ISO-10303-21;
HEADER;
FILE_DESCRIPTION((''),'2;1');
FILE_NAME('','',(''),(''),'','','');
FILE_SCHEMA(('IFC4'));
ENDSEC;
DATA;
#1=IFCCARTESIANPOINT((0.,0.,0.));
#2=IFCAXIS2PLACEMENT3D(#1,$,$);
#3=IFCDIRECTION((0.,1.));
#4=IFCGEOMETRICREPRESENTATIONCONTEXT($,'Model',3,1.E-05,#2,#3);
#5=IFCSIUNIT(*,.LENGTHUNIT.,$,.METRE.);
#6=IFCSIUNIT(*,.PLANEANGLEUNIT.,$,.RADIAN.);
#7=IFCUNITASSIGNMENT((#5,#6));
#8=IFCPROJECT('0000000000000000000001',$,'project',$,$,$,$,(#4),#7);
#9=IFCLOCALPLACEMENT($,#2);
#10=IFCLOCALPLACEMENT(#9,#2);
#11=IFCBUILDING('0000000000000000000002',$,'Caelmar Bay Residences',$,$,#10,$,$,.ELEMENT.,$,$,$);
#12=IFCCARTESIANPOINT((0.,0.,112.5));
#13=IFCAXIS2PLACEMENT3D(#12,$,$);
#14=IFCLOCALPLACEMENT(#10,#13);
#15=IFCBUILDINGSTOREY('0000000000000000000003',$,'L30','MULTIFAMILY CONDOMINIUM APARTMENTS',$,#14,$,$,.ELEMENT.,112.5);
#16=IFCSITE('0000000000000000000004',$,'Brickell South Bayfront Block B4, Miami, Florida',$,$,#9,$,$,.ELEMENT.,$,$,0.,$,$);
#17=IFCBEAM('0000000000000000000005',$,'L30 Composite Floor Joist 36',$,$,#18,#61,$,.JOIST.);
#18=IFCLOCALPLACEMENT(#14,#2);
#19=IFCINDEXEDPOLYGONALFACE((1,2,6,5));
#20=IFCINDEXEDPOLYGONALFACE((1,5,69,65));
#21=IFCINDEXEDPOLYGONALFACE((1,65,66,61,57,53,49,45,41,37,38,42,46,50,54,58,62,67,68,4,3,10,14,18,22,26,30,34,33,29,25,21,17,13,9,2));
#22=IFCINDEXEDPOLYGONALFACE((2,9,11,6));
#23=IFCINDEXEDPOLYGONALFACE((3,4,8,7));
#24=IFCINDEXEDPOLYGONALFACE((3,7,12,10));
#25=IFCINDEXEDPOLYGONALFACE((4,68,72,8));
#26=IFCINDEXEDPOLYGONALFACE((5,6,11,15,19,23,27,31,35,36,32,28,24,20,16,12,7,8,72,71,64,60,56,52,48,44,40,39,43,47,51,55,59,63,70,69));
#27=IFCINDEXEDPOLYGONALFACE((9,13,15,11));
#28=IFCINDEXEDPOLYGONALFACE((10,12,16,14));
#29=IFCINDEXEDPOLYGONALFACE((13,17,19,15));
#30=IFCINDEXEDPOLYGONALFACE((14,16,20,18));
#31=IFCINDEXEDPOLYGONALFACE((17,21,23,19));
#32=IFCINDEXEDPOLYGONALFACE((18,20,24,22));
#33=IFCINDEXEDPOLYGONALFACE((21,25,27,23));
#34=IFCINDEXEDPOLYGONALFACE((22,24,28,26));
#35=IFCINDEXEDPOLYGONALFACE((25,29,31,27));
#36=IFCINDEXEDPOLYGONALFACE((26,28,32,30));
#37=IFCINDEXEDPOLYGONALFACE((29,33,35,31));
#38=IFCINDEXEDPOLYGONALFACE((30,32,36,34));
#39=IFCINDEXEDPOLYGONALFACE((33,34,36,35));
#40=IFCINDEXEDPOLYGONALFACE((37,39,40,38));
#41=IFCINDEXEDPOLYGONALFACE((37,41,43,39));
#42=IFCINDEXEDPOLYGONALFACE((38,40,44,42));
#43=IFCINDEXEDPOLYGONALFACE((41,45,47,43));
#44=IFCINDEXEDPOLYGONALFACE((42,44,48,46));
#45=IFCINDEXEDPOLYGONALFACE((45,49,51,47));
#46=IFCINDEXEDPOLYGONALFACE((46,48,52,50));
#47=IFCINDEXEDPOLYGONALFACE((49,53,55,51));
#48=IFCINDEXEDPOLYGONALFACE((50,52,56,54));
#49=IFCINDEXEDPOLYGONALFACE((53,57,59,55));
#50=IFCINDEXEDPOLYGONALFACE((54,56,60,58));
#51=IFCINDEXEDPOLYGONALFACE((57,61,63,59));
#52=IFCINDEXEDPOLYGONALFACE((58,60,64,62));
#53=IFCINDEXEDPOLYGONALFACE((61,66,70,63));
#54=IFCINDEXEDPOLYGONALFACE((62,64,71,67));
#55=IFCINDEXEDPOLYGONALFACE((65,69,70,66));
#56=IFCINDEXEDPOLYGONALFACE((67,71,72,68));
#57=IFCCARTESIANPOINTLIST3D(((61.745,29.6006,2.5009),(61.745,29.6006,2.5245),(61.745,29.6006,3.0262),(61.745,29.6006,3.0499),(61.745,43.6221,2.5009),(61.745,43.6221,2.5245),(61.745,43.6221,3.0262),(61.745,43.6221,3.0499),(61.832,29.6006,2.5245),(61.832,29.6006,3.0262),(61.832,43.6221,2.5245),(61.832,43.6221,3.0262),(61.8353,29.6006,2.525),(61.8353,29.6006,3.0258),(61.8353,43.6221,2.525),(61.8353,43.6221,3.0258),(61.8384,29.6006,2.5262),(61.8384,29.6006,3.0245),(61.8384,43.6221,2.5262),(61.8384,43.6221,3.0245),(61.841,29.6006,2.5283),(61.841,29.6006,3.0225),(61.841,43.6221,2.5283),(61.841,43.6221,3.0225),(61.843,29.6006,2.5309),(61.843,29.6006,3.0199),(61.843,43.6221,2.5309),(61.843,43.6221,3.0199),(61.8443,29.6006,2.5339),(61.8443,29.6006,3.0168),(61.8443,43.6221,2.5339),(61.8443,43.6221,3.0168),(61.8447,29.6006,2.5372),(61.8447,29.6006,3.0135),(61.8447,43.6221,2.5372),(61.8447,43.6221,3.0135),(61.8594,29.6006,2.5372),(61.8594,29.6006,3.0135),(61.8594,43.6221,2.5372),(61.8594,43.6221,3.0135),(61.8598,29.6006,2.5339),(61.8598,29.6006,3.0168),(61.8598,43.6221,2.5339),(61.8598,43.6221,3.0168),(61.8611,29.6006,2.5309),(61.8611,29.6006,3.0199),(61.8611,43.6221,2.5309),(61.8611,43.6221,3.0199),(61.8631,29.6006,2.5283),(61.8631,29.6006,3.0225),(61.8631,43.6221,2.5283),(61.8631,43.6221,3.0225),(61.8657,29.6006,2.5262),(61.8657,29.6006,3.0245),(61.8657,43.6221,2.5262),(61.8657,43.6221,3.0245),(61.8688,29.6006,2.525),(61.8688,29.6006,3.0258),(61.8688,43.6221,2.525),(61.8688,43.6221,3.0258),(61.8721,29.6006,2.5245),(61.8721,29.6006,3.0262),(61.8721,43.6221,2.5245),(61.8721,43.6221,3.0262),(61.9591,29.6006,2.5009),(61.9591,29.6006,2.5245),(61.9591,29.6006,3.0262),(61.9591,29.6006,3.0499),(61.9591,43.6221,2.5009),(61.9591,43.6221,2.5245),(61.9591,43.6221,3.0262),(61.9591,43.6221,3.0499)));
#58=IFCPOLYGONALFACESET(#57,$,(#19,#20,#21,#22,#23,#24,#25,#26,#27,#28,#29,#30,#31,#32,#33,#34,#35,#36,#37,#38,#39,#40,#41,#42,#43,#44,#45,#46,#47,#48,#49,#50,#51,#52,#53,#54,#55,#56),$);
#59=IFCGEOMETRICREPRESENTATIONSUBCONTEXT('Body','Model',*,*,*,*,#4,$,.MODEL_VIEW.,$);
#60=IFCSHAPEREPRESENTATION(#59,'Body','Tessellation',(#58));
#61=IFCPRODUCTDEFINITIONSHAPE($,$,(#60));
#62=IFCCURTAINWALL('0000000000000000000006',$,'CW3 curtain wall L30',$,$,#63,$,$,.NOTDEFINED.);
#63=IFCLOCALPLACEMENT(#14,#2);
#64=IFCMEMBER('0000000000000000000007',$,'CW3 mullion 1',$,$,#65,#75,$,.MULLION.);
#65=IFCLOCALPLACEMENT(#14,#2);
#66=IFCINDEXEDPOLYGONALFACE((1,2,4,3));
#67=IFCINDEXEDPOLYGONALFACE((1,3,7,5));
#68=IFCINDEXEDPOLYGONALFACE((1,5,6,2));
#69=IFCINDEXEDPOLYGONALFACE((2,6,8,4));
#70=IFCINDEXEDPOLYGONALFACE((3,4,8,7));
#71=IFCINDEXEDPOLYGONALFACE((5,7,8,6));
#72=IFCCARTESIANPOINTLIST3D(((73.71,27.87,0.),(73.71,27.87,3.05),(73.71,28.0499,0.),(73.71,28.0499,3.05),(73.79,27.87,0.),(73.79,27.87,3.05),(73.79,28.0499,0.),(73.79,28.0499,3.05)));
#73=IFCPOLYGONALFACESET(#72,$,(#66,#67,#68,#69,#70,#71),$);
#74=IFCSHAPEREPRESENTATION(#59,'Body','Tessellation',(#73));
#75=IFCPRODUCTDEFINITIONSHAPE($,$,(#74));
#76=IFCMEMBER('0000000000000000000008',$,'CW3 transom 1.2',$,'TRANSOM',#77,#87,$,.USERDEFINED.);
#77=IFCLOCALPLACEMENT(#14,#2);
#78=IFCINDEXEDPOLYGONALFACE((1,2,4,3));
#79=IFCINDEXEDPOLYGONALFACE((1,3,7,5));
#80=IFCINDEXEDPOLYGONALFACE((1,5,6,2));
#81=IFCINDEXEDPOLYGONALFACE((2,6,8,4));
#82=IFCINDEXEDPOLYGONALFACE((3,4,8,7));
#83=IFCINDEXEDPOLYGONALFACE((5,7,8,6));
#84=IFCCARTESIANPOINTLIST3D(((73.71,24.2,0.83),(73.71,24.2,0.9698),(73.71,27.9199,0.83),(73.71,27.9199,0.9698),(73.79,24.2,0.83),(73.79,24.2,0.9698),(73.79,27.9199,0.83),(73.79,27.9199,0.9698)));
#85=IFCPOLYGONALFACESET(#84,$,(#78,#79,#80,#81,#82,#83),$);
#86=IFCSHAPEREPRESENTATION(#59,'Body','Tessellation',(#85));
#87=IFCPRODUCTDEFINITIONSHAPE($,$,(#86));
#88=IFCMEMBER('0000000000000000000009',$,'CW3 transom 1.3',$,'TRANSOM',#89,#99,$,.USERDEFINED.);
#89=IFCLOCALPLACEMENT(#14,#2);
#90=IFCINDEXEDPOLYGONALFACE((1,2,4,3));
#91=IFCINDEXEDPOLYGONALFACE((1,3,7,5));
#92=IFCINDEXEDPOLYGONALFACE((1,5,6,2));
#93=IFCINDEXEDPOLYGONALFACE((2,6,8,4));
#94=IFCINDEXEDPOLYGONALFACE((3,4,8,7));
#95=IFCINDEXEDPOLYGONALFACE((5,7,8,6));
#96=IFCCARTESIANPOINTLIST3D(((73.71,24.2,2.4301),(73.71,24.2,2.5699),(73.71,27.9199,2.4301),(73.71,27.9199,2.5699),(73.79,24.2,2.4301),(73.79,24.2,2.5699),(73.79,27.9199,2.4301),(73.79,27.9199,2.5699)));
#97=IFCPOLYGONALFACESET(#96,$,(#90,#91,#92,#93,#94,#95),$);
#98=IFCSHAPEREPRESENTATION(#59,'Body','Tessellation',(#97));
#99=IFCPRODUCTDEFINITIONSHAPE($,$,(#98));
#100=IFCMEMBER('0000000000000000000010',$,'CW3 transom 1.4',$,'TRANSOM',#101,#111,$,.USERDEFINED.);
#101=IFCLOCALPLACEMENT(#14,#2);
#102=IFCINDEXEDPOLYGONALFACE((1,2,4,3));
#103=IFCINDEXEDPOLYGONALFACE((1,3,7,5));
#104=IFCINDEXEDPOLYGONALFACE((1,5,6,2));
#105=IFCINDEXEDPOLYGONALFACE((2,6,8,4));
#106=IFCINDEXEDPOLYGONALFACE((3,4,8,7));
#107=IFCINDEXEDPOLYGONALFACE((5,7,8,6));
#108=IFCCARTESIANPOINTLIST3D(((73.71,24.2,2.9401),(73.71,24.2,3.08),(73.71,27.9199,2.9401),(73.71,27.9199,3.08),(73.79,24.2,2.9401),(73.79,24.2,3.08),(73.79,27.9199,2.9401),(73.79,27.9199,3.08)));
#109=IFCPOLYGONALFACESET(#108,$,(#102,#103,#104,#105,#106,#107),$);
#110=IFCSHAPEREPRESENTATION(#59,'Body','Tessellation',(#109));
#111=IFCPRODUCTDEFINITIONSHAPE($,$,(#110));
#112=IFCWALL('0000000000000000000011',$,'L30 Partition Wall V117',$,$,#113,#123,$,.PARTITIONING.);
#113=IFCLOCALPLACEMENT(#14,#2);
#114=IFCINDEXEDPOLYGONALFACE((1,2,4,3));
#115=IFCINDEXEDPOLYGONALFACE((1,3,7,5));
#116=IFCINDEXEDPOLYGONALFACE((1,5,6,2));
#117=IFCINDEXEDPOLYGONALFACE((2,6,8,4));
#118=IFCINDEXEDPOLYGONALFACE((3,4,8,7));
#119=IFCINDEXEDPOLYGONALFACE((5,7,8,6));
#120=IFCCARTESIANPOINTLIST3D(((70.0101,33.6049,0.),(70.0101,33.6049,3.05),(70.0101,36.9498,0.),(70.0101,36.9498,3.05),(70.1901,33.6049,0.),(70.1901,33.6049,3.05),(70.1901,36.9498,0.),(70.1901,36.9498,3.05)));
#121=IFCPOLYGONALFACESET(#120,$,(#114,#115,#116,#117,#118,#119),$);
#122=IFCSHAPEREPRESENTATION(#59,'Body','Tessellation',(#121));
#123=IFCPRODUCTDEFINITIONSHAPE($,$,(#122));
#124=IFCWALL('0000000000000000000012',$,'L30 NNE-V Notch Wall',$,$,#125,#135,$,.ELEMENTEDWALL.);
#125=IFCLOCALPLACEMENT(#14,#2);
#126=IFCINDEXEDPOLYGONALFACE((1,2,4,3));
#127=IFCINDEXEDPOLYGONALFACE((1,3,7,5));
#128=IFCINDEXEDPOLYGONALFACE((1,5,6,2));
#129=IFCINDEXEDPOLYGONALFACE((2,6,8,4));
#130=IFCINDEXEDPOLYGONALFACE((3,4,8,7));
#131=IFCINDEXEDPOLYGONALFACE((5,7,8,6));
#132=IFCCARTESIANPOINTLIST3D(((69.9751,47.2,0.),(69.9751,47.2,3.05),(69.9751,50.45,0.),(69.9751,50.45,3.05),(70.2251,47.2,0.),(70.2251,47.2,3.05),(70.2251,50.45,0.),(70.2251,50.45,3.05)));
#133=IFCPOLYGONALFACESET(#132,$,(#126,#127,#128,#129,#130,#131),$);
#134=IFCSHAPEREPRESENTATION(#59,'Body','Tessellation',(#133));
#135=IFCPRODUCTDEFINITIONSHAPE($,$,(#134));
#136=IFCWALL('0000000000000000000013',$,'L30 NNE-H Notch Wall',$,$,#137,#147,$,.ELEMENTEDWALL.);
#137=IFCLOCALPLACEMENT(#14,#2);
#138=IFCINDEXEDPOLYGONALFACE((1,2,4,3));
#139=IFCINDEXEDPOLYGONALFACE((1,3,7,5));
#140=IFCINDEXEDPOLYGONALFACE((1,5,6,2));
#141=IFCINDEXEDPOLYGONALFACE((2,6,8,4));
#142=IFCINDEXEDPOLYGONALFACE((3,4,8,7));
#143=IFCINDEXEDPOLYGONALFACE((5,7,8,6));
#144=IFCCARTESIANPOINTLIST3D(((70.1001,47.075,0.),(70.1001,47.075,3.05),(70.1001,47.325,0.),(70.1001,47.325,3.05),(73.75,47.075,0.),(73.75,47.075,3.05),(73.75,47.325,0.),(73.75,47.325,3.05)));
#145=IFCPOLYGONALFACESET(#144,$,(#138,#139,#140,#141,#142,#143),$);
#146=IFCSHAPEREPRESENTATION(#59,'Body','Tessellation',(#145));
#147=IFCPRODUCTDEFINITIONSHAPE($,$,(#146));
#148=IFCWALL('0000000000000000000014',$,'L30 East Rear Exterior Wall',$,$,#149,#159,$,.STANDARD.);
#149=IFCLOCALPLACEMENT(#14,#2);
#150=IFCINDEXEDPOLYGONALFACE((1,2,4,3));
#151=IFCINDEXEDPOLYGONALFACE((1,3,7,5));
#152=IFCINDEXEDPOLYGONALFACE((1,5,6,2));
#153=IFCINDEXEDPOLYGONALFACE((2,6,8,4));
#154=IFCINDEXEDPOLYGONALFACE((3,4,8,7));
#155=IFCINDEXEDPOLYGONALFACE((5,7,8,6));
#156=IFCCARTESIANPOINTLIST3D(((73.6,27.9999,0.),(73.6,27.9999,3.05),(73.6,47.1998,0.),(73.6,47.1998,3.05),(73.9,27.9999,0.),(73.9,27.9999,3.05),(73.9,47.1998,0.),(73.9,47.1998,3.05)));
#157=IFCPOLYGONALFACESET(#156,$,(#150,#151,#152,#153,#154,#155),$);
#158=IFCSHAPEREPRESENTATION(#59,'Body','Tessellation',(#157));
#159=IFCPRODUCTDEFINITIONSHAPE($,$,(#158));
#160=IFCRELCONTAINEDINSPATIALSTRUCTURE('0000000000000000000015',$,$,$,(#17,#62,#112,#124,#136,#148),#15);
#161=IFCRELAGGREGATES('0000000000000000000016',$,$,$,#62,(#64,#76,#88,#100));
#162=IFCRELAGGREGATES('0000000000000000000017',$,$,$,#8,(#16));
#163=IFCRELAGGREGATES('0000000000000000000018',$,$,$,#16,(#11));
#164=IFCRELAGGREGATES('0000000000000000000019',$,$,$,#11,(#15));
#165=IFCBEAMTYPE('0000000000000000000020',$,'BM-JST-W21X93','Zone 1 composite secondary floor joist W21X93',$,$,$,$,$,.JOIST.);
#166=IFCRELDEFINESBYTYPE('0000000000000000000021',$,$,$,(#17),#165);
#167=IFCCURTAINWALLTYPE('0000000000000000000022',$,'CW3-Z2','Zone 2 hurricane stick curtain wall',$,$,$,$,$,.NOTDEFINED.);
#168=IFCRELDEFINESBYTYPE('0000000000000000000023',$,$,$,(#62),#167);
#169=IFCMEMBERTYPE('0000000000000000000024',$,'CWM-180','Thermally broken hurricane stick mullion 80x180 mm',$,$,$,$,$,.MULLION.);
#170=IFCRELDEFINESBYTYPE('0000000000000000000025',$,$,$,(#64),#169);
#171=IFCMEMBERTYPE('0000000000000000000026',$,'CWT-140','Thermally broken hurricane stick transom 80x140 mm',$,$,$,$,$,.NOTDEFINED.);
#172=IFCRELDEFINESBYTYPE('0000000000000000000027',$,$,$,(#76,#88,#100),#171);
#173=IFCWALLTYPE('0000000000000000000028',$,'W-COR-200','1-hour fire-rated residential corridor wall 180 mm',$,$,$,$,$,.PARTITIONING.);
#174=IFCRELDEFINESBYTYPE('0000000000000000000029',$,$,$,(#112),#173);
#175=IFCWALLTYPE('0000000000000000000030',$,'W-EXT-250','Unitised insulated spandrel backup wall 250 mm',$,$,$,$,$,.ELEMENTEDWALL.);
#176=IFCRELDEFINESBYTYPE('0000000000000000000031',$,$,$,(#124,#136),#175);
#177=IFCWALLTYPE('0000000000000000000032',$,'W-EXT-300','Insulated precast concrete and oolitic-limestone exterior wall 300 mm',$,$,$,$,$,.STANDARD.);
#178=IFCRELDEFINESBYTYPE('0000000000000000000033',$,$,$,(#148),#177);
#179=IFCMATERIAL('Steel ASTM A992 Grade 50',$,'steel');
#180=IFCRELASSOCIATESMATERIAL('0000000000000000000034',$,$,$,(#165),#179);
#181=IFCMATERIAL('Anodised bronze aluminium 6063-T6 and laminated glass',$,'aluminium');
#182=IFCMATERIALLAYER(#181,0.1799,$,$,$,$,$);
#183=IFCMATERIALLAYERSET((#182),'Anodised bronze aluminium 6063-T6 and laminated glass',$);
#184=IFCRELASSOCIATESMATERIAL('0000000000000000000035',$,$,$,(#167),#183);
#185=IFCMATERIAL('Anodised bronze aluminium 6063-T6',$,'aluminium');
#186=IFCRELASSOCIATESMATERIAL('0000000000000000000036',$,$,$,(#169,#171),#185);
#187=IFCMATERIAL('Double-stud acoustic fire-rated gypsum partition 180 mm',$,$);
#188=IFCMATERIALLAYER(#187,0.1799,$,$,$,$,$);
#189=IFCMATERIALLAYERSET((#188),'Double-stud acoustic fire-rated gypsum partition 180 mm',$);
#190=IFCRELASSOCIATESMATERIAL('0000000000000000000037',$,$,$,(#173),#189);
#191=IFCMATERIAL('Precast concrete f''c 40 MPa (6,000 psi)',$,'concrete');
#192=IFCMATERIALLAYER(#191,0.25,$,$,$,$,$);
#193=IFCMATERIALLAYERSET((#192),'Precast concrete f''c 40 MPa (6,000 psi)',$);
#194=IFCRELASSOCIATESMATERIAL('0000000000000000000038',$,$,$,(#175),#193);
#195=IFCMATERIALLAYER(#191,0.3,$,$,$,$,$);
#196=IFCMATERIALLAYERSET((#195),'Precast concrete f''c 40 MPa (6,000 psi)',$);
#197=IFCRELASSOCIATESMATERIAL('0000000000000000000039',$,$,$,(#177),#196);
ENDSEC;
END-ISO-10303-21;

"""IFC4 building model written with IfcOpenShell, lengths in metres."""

from ifc_helpers import new_model, si_unit, direction, frame, frame_2d, origin, origin_2d, place, context, subcontext, project, spatial, rectangle, i_section, extrude, material, layer, layer_set, material_profile, profile_set, type_object, element, aggregate, save


model = new_model("IFC4")

# Units and contexts
model_context = context("Model", 3, precision=1e-05, world=origin(), true_north=direction((0.0, 1.0)))
body_context = subcontext(model_context, "Body", "Model", "MODEL_VIEW")
ifc_project = project(units=[si_unit("LENGTHUNIT", "METRE"), si_unit("PLANEANGLEUNIT", "RADIAN")], contexts=[model_context])

# Site, building, storey
site_placement = place(None, origin())
site = spatial("IfcSite", under=ifc_project, at=site_placement, Name="Brickell South Bayfront Block B4, Miami, Florida", CompositionType="ELEMENT", RefElevation=0.0)
building_placement = place(site_placement, origin())
building = spatial("IfcBuilding", under=site, at=building_placement, Name="Caelmar Bay Residences", CompositionType="ELEMENT")
storey_placement = place(building_placement, frame((0.0, 0.0, 112.5)))
storey = spatial("IfcBuildingStorey", under=building, at=storey_placement, Name="L30", Description="MULTIFAMILY CONDOMINIUM APARTMENTS", CompositionType="ELEMENT", Elevation=112.5)

# Beam
ifc_material_1 = material(Name="Steel ASTM A992 Grade 50", Category="steel")
ifc_material_profile_1 = material_profile(ifc_material_1, i_section(OverallWidth=0.2141, OverallDepth=0.5491, WebThickness=0.0146, FlangeThickness=0.0237, FilletRadius=0.0127, at=origin_2d()), Name="W21X93")
ifc_profile_set_1 = profile_set([ifc_material_profile_1], Name="Steel ASTM A992 Grade 50")
beam_type_1 = type_object("IfcBeamType", Name="BM-JST-W21X93", Description="Zone 1 composite secondary floor joist W21X93", PredefinedType="JOIST", material=ifc_profile_set_1)
beam_1_placement = place(storey_placement, frame((61.8521, 29.6006, 2.7754), z_axis=(0.0, 1.0, 0.0), x_axis=(-1.0, 0.0, 0.0)))
element("IfcBeam", 1, at=beam_1_placement, inside=storey, type_object=beam_type_1, Name="L30 Composite Floor Joist 36", PredefinedType="JOIST", context=body_context, shape_type="SweptSolid", body=[
    extrude(i_section(OverallWidth=0.2141, OverallDepth=0.5491, WebThickness=0.0146, FlangeThickness=0.0237, FilletRadius=0.0127, at=origin_2d()), origin(), (0.0, 0.0, 1.0), 14.0215),
])

# Curtain wall, members
ifc_material_2 = material(Name="Anodised bronze aluminium 6063-T6 and laminated glass", Category="aluminium")
ifc_layer_1 = layer(ifc_material_2, 0.1799)
ifc_layer_set_1 = layer_set([ifc_layer_1], Name="Anodised bronze aluminium 6063-T6 and laminated glass")
curtain_wall_type = type_object("IfcCurtainWallType", Name="CW3-Z2", Description="Zone 2 hurricane stick curtain wall", PredefinedType="NOTDEFINED", material=ifc_layer_set_1)
curtain_wall_placement = place(storey_placement, origin())
curtain_wall = element("IfcCurtainWall", 2, at=curtain_wall_placement, inside=storey, type_object=curtain_wall_type, Name="CW3 curtain wall L30", PredefinedType="NOTDEFINED")
ifc_material_3 = material(Name="Anodised bronze aluminium 6063-T6", Category="aluminium")
ifc_material_profile_2 = material_profile(ifc_material_3, rectangle(XDim=0.0801, YDim=0.1799, at=origin_2d()), Name="CWM-80X180")
ifc_profile_set_2 = profile_set([ifc_material_profile_2], Name="Anodised bronze aluminium 6063-T6")
member_type_1 = type_object("IfcMemberType", Name="CWM-180", Description="Thermally broken hurricane stick mullion 80x180 mm", PredefinedType="MULLION", material=ifc_profile_set_2)
member_1_placement = place(storey_placement, frame((73.75, 27.96, 0.0), z_axis=(0.0, 0.0, 1.0), x_axis=(1.0, 0.0, 0.0)))
member_1 = element("IfcMember", 3, at=member_1_placement, type_object=member_type_1, Name="CW3 mullion 1", PredefinedType="MULLION", context=body_context, shape_type="SweptSolid", body=[
    extrude(rectangle(XDim=0.0801, YDim=0.1799, at=origin_2d()), origin(), (0.0, 0.0, 1.0), 3.05),
])
ifc_material_profile_3 = material_profile(ifc_material_3, rectangle(XDim=0.0801, YDim=0.1399, at=origin_2d()), Name="CWT-80X140")
ifc_profile_set_3 = profile_set([ifc_material_profile_3], Name="Anodised bronze aluminium 6063-T6")
member_type_2 = type_object("IfcMemberType", Name="CWT-140", Description="Thermally broken hurricane stick transom 80x140 mm", PredefinedType="NOTDEFINED", material=ifc_profile_set_3)
member_2_placement = place(storey_placement, frame((73.75, 27.9199, 0.8999), z_axis=(0.0, -1.0, 0.0), x_axis=(1.0, 0.0, 0.0)))
member_2 = element("IfcMember", 4, at=member_2_placement, type_object=member_type_2, Name="CW3 transom 1.2", ObjectType="TRANSOM", PredefinedType="USERDEFINED", context=body_context, shape_type="SweptSolid", body=[
    extrude(rectangle(XDim=0.0801, YDim=0.1399, at=origin_2d()), origin(), (0.0, 0.0, 1.0), 3.72),
])
member_3_placement = place(storey_placement, frame((73.75, 27.9199, 2.5), z_axis=(0.0, -1.0, 0.0), x_axis=(1.0, 0.0, 0.0)))
member_3 = element("IfcMember", 5, at=member_3_placement, type_object=member_type_2, Name="CW3 transom 1.3", ObjectType="TRANSOM", PredefinedType="USERDEFINED", context=body_context, shape_type="SweptSolid", body=[
    extrude(rectangle(XDim=0.0801, YDim=0.1399, at=origin_2d()), origin(), (0.0, 0.0, 1.0), 3.72),
])
member_4_placement = place(storey_placement, frame((73.75, 27.9199, 3.01), z_axis=(0.0, -1.0, 0.0), x_axis=(1.0, 0.0, 0.0)))
member_4 = element("IfcMember", 6, at=member_4_placement, type_object=member_type_2, Name="CW3 transom 1.4", ObjectType="TRANSOM", PredefinedType="USERDEFINED", context=body_context, shape_type="SweptSolid", body=[
    extrude(rectangle(XDim=0.0801, YDim=0.1399, at=origin_2d()), origin(), (0.0, 0.0, 1.0), 3.72),
])
aggregate(curtain_wall, [member_1, member_2, member_3, member_4])

# Walls
ifc_material_4 = material(Name="Double-stud acoustic fire-rated gypsum partition 180 mm")
ifc_layer_2 = layer(ifc_material_4, 0.1799)
ifc_layer_set_2 = layer_set([ifc_layer_2], Name="Double-stud acoustic fire-rated gypsum partition 180 mm")
wall_type_1 = type_object("IfcWallType", Name="W-COR-200", Description="1-hour fire-rated residential corridor wall 180 mm", PredefinedType="PARTITIONING", material=ifc_layer_set_2)
wall_1_placement = place(storey_placement, frame((70.1001, 33.605, 0.0), z_axis=(0.0, 0.0, 1.0), x_axis=(0.0, 1.0, 0.0)))
element("IfcWall", 7, at=wall_1_placement, inside=storey, type_object=wall_type_1, Name="L30 Partition Wall V117", PredefinedType="PARTITIONING", context=body_context, shape_type="SweptSolid", body=[
    extrude(rectangle(XDim=3.345, YDim=0.1799, at=frame_2d((1.6724, 0.0))), origin(), (0.0, 0.0, 1.0), 3.05),
])
ifc_material_5 = material(Name="Precast concrete f'c 40 MPa (6,000 psi)", Category="concrete")
ifc_layer_3 = layer(ifc_material_5, 0.25)
ifc_layer_set_3 = layer_set([ifc_layer_3], Name="Precast concrete f'c 40 MPa (6,000 psi)")
wall_type_2 = type_object("IfcWallType", Name="W-EXT-250", Description="Unitised insulated spandrel backup wall 250 mm", PredefinedType="ELEMENTEDWALL", material=ifc_layer_set_3)
wall_2_placement = place(storey_placement, frame((70.1001, 50.45, 0.0), z_axis=(0.0, 0.0, 1.0), x_axis=(0.0, -1.0, 0.0)))
element("IfcWall", 8, at=wall_2_placement, inside=storey, type_object=wall_type_2, Name="L30 NNE-V Notch Wall", PredefinedType="ELEMENTEDWALL", context=body_context, shape_type="SweptSolid", body=[
    extrude(rectangle(XDim=3.25, YDim=0.25, at=frame_2d((1.625, 0.0))), origin(), (0.0, 0.0, 1.0), 3.05),
])
wall_3_placement = place(storey_placement, frame((70.1001, 47.2, 0.0), z_axis=(0.0, 0.0, 1.0), x_axis=(1.0, 0.0, 0.0)))
element("IfcWall", 9, at=wall_3_placement, inside=storey, type_object=wall_type_2, Name="L30 NNE-H Notch Wall", PredefinedType="ELEMENTEDWALL", context=body_context, shape_type="SweptSolid", body=[
    extrude(rectangle(XDim=3.6499, YDim=0.25, at=frame_2d((1.825, 0.0))), origin(), (0.0, 0.0, 1.0), 3.05),
])
ifc_layer_4 = layer(ifc_material_5, 0.3)
ifc_layer_set_4 = layer_set([ifc_layer_4], Name="Precast concrete f'c 40 MPa (6,000 psi)")
wall_type_3 = type_object("IfcWallType", Name="W-EXT-300", Description="Insulated precast concrete and oolitic-limestone exterior wall 300 mm", PredefinedType="STANDARD", material=ifc_layer_set_4)
wall_4_placement = place(storey_placement, frame((73.75, 47.2, 0.0), z_axis=(0.0, 0.0, 1.0), x_axis=(0.0, -1.0, 0.0)))
element("IfcWall", 10, at=wall_4_placement, inside=storey, type_object=wall_type_3, Name="L30 East Rear Exterior Wall", PredefinedType="STANDARD", context=body_context, shape_type="SweptSolid", body=[
    extrude(rectangle(XDim=19.2, YDim=0.3, at=frame_2d((9.6001, 0.0))), origin(), (0.0, 0.0, 1.0), 3.05),
])

save(model, "model.ifc")
